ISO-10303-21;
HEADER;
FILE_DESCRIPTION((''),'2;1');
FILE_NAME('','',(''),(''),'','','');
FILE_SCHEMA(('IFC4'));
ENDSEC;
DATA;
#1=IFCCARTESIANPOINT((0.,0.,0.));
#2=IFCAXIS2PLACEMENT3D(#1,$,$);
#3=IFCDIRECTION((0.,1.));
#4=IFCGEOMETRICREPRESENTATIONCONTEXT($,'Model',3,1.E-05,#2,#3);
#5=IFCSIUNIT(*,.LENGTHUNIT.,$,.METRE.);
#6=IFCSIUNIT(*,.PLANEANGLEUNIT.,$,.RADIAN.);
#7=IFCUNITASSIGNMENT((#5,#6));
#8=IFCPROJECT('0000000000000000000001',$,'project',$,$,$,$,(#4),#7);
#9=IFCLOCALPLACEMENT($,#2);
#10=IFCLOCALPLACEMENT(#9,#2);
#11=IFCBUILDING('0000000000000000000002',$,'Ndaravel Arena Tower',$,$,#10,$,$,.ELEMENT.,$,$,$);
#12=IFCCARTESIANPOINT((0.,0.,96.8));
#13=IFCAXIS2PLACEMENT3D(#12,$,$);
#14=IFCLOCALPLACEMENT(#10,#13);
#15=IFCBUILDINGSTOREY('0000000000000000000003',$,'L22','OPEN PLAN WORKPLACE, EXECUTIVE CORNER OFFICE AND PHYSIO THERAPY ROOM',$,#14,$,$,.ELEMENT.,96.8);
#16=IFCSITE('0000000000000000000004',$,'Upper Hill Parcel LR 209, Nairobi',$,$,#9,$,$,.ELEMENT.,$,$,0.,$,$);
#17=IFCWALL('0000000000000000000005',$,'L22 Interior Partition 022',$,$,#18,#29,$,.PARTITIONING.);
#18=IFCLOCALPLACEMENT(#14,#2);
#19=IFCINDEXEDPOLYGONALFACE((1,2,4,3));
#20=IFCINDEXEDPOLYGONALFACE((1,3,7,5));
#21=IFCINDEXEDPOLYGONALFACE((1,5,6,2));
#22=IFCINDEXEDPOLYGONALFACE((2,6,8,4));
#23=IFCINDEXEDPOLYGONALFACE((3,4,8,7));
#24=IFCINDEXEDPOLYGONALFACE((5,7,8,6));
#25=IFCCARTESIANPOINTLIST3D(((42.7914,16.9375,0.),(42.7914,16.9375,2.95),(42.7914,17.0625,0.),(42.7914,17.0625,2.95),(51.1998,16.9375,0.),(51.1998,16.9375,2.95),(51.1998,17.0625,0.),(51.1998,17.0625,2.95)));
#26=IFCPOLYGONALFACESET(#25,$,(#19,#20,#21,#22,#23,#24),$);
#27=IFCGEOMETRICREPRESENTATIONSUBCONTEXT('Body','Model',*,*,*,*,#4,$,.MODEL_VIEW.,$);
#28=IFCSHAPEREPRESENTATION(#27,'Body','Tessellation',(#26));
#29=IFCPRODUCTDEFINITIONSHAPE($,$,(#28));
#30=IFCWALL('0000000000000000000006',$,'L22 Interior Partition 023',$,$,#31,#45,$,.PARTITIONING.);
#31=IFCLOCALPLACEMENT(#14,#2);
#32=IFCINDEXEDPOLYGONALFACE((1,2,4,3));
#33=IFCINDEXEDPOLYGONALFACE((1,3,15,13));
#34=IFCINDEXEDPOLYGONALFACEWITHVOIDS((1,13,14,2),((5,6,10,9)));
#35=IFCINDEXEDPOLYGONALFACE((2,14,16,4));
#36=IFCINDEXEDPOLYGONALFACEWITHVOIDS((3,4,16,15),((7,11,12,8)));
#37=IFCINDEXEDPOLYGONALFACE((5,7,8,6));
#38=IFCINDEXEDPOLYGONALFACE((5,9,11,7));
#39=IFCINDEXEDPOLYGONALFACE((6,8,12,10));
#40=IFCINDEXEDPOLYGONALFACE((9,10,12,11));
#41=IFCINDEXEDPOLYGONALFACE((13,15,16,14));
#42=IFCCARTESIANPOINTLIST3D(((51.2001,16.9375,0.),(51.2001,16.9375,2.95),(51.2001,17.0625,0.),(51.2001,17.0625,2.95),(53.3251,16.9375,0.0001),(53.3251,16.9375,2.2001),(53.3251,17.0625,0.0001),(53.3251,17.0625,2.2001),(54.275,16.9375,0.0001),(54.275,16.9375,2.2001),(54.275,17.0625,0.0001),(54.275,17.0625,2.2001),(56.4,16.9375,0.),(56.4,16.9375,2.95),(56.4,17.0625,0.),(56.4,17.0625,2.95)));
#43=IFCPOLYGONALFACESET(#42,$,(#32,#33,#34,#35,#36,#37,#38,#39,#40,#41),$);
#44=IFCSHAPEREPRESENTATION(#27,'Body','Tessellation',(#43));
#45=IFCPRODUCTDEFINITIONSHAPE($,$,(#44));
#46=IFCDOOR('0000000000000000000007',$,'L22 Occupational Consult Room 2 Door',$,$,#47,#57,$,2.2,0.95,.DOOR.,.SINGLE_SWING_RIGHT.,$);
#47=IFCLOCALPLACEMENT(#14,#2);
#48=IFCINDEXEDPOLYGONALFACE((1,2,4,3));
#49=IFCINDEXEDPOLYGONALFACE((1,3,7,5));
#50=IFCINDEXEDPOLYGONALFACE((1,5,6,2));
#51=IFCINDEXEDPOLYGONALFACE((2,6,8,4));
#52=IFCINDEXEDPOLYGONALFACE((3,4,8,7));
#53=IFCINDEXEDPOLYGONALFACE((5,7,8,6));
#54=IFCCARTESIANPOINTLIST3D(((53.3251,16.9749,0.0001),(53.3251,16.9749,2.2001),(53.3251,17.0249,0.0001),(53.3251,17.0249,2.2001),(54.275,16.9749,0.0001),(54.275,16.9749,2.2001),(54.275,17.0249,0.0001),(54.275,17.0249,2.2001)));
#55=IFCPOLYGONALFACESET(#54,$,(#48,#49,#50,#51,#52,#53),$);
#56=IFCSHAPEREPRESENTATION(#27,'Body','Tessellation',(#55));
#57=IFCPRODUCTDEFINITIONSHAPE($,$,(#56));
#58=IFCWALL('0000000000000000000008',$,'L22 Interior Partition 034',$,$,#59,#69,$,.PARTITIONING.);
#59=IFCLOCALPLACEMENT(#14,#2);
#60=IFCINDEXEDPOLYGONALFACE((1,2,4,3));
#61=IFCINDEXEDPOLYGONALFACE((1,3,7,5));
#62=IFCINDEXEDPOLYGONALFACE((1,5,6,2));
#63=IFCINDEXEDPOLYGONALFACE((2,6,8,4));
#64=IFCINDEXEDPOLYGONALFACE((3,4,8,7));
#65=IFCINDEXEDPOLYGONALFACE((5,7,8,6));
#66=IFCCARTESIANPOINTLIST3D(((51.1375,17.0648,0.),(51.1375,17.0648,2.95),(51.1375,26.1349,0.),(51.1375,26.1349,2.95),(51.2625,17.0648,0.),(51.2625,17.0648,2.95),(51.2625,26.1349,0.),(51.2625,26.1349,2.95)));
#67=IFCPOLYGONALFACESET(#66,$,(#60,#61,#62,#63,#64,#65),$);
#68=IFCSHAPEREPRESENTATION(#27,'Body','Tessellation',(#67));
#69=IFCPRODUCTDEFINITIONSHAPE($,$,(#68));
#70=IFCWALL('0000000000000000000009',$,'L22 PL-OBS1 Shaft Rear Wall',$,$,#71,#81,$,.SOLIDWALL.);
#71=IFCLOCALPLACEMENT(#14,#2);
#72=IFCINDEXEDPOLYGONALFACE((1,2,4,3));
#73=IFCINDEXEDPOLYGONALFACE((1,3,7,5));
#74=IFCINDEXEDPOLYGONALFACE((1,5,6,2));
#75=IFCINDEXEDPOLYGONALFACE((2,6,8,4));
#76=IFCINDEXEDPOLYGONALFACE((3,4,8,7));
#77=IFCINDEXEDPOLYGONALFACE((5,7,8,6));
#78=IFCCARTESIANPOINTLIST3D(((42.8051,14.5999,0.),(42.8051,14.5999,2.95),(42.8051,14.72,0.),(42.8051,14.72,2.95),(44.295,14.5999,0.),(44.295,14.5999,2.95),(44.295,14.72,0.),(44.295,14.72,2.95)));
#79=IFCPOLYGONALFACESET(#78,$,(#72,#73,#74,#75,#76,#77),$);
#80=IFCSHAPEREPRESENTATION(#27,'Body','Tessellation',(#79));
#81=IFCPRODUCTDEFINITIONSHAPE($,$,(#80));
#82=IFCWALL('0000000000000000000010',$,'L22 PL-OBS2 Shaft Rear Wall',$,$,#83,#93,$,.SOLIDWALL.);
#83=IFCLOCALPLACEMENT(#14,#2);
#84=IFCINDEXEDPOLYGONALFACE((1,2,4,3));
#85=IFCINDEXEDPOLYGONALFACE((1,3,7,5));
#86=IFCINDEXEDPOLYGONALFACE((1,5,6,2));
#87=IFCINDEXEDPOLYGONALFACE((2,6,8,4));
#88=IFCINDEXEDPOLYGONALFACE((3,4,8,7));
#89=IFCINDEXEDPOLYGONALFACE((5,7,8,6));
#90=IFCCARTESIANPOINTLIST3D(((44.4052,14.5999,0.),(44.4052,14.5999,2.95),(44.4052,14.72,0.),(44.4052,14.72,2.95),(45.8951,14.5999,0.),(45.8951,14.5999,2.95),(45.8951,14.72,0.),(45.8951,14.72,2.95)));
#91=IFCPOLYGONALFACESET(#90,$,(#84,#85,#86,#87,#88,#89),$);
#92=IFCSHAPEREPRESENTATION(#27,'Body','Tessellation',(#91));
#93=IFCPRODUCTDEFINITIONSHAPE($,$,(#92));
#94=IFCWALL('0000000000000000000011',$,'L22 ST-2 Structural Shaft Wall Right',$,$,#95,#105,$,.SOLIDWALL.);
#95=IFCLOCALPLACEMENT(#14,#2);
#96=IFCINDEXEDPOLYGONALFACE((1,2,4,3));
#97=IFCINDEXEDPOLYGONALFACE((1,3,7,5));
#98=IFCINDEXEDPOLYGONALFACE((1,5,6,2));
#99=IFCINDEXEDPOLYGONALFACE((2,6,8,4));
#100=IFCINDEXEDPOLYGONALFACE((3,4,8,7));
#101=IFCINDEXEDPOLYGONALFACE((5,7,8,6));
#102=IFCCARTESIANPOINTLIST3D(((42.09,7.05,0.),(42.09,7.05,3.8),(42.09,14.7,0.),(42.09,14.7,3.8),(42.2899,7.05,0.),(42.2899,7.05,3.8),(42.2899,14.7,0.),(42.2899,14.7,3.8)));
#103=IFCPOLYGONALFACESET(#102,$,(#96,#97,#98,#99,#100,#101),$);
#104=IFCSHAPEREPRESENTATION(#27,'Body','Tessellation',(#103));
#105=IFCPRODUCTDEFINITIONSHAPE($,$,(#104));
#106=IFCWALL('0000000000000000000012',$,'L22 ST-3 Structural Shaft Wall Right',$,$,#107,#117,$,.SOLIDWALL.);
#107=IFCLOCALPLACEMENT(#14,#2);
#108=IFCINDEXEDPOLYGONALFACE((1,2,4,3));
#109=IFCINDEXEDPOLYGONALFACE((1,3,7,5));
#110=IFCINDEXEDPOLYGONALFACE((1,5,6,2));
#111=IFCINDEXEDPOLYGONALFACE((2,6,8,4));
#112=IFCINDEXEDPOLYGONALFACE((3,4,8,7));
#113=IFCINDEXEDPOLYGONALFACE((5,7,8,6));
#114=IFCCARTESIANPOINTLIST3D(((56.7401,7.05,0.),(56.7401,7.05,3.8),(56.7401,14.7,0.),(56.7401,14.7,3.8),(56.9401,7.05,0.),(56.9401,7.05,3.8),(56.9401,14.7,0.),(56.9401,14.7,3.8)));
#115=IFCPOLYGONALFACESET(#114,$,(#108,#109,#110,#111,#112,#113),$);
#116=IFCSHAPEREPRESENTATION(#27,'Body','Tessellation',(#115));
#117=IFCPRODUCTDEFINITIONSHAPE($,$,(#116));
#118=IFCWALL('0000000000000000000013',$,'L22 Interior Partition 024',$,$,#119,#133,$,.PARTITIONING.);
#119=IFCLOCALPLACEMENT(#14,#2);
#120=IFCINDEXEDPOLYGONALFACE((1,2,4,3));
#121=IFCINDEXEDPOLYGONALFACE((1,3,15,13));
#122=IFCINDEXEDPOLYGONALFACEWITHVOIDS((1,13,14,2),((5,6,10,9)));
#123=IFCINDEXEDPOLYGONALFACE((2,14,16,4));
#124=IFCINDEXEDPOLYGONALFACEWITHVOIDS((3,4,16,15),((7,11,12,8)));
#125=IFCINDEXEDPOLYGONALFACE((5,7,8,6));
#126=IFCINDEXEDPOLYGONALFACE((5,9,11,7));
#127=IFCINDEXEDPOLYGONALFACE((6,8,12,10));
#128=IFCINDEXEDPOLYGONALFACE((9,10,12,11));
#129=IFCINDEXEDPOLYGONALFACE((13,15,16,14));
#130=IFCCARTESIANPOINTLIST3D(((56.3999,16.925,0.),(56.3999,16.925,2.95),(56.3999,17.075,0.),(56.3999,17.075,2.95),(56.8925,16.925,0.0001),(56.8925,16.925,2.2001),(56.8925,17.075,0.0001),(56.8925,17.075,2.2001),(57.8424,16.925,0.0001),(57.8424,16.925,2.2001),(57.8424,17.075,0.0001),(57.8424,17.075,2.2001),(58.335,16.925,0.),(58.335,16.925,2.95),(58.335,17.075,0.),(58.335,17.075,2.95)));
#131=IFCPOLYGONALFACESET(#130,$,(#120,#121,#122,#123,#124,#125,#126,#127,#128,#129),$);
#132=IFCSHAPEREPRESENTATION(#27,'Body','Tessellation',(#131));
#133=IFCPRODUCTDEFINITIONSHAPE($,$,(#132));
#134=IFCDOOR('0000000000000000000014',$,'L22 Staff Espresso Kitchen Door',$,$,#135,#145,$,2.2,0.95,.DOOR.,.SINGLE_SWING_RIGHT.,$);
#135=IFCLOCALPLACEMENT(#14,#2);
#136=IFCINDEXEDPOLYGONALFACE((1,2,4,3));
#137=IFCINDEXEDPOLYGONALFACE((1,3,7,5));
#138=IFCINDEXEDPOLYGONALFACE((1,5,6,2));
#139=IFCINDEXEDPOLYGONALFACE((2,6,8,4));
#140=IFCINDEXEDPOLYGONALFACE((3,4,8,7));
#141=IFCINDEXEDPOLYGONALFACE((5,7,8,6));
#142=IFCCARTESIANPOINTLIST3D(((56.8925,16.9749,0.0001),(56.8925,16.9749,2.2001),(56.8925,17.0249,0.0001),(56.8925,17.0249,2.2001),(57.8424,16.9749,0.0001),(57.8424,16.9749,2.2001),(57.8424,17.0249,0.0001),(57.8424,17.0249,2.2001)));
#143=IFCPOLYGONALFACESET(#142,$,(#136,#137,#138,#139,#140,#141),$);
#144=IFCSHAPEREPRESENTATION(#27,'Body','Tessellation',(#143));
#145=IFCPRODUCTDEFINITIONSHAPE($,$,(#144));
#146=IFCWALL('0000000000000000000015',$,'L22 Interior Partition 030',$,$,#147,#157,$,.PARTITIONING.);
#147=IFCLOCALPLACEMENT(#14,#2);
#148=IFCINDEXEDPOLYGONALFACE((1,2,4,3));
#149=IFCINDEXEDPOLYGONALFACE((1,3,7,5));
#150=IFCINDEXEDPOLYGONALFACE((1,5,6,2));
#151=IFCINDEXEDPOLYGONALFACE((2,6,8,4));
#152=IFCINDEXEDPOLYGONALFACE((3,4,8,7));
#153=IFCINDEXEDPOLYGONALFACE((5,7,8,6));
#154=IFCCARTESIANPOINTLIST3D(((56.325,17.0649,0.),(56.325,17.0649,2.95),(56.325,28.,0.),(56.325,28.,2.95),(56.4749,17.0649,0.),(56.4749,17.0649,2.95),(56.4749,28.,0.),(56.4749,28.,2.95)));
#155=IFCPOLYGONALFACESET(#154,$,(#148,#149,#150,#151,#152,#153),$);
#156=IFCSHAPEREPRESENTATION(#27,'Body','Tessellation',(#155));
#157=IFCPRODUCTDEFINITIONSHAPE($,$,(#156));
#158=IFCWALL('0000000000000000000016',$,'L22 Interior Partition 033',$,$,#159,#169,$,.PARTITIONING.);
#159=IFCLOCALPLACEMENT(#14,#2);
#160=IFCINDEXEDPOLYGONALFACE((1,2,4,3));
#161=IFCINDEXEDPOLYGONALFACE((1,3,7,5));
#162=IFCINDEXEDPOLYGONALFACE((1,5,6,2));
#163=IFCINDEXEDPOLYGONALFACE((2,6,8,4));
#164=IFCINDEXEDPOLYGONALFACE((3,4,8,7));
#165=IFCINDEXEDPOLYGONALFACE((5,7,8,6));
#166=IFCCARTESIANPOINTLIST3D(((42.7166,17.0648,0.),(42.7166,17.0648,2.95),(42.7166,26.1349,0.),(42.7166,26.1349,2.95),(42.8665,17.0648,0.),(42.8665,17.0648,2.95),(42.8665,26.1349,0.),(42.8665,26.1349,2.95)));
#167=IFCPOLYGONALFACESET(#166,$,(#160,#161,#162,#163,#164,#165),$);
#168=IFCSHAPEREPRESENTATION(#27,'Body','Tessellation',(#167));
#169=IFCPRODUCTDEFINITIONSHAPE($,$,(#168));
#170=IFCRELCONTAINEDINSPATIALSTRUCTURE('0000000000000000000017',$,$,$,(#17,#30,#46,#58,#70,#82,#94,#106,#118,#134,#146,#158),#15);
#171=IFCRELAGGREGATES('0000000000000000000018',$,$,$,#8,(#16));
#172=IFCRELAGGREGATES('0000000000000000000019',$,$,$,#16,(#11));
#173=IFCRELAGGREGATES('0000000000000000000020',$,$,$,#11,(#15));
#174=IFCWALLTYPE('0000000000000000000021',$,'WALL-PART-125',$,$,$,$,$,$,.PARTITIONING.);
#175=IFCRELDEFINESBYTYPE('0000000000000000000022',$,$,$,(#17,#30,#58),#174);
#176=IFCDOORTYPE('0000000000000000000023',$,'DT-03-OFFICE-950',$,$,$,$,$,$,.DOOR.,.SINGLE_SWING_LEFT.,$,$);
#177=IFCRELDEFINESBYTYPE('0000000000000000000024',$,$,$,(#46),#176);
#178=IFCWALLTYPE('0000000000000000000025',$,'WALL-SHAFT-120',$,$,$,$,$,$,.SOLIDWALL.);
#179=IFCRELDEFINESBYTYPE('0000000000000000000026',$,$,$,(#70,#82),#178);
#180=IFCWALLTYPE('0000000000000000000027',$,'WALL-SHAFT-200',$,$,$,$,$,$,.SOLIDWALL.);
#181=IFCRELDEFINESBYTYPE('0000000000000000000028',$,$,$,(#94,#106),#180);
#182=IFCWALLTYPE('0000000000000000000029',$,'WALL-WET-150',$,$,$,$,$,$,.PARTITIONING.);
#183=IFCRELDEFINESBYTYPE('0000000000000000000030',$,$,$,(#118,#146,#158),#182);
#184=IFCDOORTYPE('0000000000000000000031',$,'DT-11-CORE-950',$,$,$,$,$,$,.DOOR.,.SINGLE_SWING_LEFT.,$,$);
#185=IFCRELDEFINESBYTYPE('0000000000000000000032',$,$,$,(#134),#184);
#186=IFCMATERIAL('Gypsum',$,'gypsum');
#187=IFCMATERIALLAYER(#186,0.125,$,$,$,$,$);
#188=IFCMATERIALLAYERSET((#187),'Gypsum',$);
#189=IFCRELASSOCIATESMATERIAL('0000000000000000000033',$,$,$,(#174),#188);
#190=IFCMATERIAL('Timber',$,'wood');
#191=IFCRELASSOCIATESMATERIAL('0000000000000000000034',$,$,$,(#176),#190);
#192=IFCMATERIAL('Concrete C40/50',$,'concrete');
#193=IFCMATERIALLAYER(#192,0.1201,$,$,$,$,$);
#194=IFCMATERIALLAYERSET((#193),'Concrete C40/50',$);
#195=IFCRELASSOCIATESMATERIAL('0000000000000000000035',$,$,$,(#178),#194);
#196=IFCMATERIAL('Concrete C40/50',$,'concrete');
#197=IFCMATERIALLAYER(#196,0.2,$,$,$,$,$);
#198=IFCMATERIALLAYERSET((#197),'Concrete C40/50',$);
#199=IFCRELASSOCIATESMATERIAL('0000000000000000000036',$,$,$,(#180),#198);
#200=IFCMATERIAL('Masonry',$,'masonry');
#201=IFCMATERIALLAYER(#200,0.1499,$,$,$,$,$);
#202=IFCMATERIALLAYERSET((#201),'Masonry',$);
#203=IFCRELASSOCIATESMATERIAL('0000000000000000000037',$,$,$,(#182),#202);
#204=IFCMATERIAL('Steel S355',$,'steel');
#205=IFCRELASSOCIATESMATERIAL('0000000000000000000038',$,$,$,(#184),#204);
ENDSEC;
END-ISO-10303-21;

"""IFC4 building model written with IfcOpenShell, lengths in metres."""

from ifc_helpers import new_model, si_unit, direction, frame, frame_2d, origin, place, context, subcontext, project, spatial, rectangle, extrude, material, layer, layer_set, type_object, element, fill, save


model = new_model("IFC4")

# Units and contexts
model_context = context("Model", 3, precision=1e-05, world=origin(), true_north=direction((0.0, 1.0)))
body_context = subcontext(model_context, "Body", "Model", "MODEL_VIEW")
ifc_project = project(units=[si_unit("LENGTHUNIT", "METRE"), si_unit("PLANEANGLEUNIT", "RADIAN")], contexts=[model_context])

# Site, building, storey
site_placement = place(None, origin())
site = spatial("IfcSite", under=ifc_project, at=site_placement, Name="Upper Hill Parcel LR 209, Nairobi", CompositionType="ELEMENT", RefElevation=0.0)
building_placement = place(site_placement, origin())
building = spatial("IfcBuilding", under=site, at=building_placement, Name="Ndaravel Arena Tower", CompositionType="ELEMENT")
storey_placement = place(building_placement, frame((0.0, 0.0, 96.8)))
storey = spatial("IfcBuildingStorey", under=building, at=storey_placement, Name="L22", Description="OPEN PLAN WORKPLACE, EXECUTIVE CORNER OFFICE AND PHYSIO THERAPY ROOM", CompositionType="ELEMENT", Elevation=96.8)

# Shared definitions
ifc_material_1 = material(Name="Gypsum", Category="gypsum")
ifc_layer_1 = layer(ifc_material_1, 0.125)
ifc_layer_set_1 = layer_set([ifc_layer_1], Name="Gypsum")
wall_type_1 = type_object("IfcWallType", Name="WALL-PART-125", PredefinedType="PARTITIONING", material=ifc_layer_set_1)

# Shared definitions
ifc_material_2 = material(Name="Timber", Category="wood")
door_type_1 = type_object("IfcDoorType", Name="DT-03-OFFICE-950", OperationType="SINGLE_SWING_LEFT", PredefinedType="DOOR", material=ifc_material_2)

# Wall
wall_1_placement = place(storey_placement, frame((42.7915, 17.0, 0.0), z_axis=(0.0, 0.0, 1.0), x_axis=(1.0, 0.0, 0.0)))
element("IfcWall", 1, at=wall_1_placement, inside=storey, type_object=wall_type_1, Name="L22 Interior Partition 022", PredefinedType="PARTITIONING", context=body_context, shape_type="SweptSolid", body=[
    extrude(rectangle(XDim=8.4084, YDim=0.125, at=frame_2d((4.2041, 0.0))), origin(), (0.0, 0.0, 1.0), 2.95),
])

# Wall, opening, door
wall_2_placement = place(storey_placement, frame((51.2, 17.0, 0.0), z_axis=(0.0, 0.0, 1.0), x_axis=(1.0, 0.0, 0.0)))
wall_2 = element("IfcWall", 2, at=wall_2_placement, inside=storey, type_object=wall_type_1, Name="L22 Interior Partition 023", PredefinedType="PARTITIONING", context=body_context, shape_type="SweptSolid", body=[
    extrude(rectangle(XDim=5.2, YDim=0.125, at=frame_2d((2.6001, 0.0))), origin(), (0.0, 0.0, 1.0), 2.95),
])
opening_1_placement = place(wall_2_placement, frame((2.125, 0.0, 0.0)))
opening_1 = element("IfcOpeningElement", 3, at=opening_1_placement, cuts=wall_2, PredefinedType="OPENING", context=body_context, shape_type="SweptSolid", body=[
    extrude(rectangle(XDim=0.95, YDim=2.2, at=frame_2d((0.4751, 1.1001))), frame((0.0, 0.0625, 0.0), z_axis=(0.0, -1.0, 0.0), x_axis=(1.0, 0.0, 0.0)), (0.0, 0.0, 1.0), 0.125),
])
door_1_placement = place(opening_1_placement, origin())
door_1 = element("IfcDoor", 4, at=door_1_placement, inside=storey, type_object=door_type_1, Name="L22 Occupational Consult Room 2 Door", OperationType="SINGLE_SWING_RIGHT", OverallHeight=2.2, OverallWidth=0.95, PredefinedType="DOOR", context=body_context, shape_type="SweptSolid", body=[
    extrude(rectangle(XDim=0.95, YDim=2.2, at=frame_2d((0.4751, 1.1001))), frame((0.0, 0.0249, 0.0), z_axis=(0.0, -1.0, 0.0), x_axis=(1.0, 0.0, 0.0)), (0.0, 0.0, 1.0), 0.05),
])
fill(opening_1, door_1)

# Walls
wall_3_placement = place(storey_placement, frame((51.2, 26.135, 0.0), z_axis=(0.0, 0.0, 1.0), x_axis=(0.0, -1.0, 0.0)))
element("IfcWall", 5, at=wall_3_placement, inside=storey, type_object=wall_type_1, Name="L22 Interior Partition 034", PredefinedType="PARTITIONING", context=body_context, shape_type="SweptSolid", body=[
    extrude(rectangle(XDim=9.0701, YDim=0.125, at=frame_2d((4.5352, 0.0))), origin(), (0.0, 0.0, 1.0), 2.95),
])
ifc_material_3 = material(Name="Concrete C40/50", Category="concrete")
ifc_layer_2 = layer(ifc_material_3, 0.1201)
ifc_layer_set_2 = layer_set([ifc_layer_2], Name="Concrete C40/50")
wall_type_2 = type_object("IfcWallType", Name="WALL-SHAFT-120", PredefinedType="SOLIDWALL", material=ifc_layer_set_2)
for number, where, z_axis, x_axis, name in (
    (6, (42.8049, 14.6599, 0.0), (0.0, 0.0, 1.0), (1.0, 0.0, 0.0), "L22 PL-OBS1 Shaft Rear Wall"),
    (7, (44.405, 14.6599, 0.0), (0.0, 0.0, 1.0), (1.0, 0.0, 0.0), "L22 PL-OBS2 Shaft Rear Wall"),
):
    element("IfcWall", number, at=place(storey_placement, frame(where, z_axis=z_axis, x_axis=x_axis)), inside=storey, type_object=wall_type_2, Name=name, PredefinedType="SOLIDWALL", context=body_context, shape_type="SweptSolid", body=[
        extrude(rectangle(XDim=1.49, YDim=0.1201, at=frame_2d((0.7451, 0.0))), origin(), (0.0, 0.0, 1.0), 2.95),
    ])
ifc_material_4 = material(Name="Concrete C40/50", Category="concrete")
ifc_layer_3 = layer(ifc_material_4, 0.2)
ifc_layer_set_3 = layer_set([ifc_layer_3], Name="Concrete C40/50")
wall_type_3 = type_object("IfcWallType", Name="WALL-SHAFT-200", PredefinedType="SOLIDWALL", material=ifc_layer_set_3)
for number, where, z_axis, x_axis, name in (
    (8, (42.1899, 14.7, 0.0), (0.0, 0.0, 1.0), (0.0, -1.0, 0.0), "L22 ST-2 Structural Shaft Wall Right"),
    (9, (56.8401, 14.7, 0.0), (0.0, 0.0, 1.0), (0.0, -1.0, 0.0), "L22 ST-3 Structural Shaft Wall Right"),
):
    element("IfcWall", number, at=place(storey_placement, frame(where, z_axis=z_axis, x_axis=x_axis)), inside=storey, type_object=wall_type_3, Name=name, PredefinedType="SOLIDWALL", context=body_context, shape_type="SweptSolid", body=[
        extrude(rectangle(XDim=7.6499, YDim=0.2, at=frame_2d((3.825, 0.0))), origin(), (0.0, 0.0, 1.0), 3.8),
    ])

# Wall, opening, door
ifc_material_5 = material(Name="Masonry", Category="masonry")
ifc_layer_4 = layer(ifc_material_5, 0.1499)
ifc_layer_set_4 = layer_set([ifc_layer_4], Name="Masonry")
wall_type_4 = type_object("IfcWallType", Name="WALL-WET-150", PredefinedType="PARTITIONING", material=ifc_layer_set_4)
wall_4_placement = place(storey_placement, frame((56.3999, 17.0, 0.0), z_axis=(0.0, 0.0, 1.0), x_axis=(1.0, 0.0, 0.0)))
wall_4 = element("IfcWall", 10, at=wall_4_placement, inside=storey, type_object=wall_type_4, Name="L22 Interior Partition 024", PredefinedType="PARTITIONING", context=body_context, shape_type="SweptSolid", body=[
    extrude(rectangle(XDim=1.9351, YDim=0.1499, at=frame_2d((0.9675, 0.0))), origin(), (0.0, 0.0, 1.0), 2.95),
])
opening_2_placement = place(wall_4_placement, frame((0.4924, 0.0, 0.0)))
opening_2 = element("IfcOpeningElement", 11, at=opening_2_placement, cuts=wall_4, PredefinedType="OPENING", context=body_context, shape_type="SweptSolid", body=[
    extrude(rectangle(XDim=0.95, YDim=2.2, at=frame_2d((0.4751, 1.1001))), frame((0.0, 0.075, 0.0), z_axis=(0.0, -1.0, 0.0), x_axis=(1.0, 0.0, 0.0)), (0.0, 0.0, 1.0), 0.1499),
])
ifc_material_6 = material(Name="Steel S355", Category="steel")
door_type_2 = type_object("IfcDoorType", Name="DT-11-CORE-950", OperationType="SINGLE_SWING_LEFT", PredefinedType="DOOR", material=ifc_material_6)
door_2_placement = place(opening_2_placement, origin())
door_2 = element("IfcDoor", 12, at=door_2_placement, inside=storey, type_object=door_type_2, Name="L22 Staff Espresso Kitchen Door", OperationType="SINGLE_SWING_RIGHT", OverallHeight=2.2, OverallWidth=0.95, PredefinedType="DOOR", context=body_context, shape_type="SweptSolid", body=[
    extrude(rectangle(XDim=0.95, YDim=2.2, at=frame_2d((0.4751, 1.1001))), frame((0.0, 0.0249, 0.0), z_axis=(0.0, -1.0, 0.0), x_axis=(1.0, 0.0, 0.0)), (0.0, 0.0, 1.0), 0.05),
])
fill(opening_2, door_2)

# Walls
wall_5_placement = place(storey_placement, frame((56.3999, 17.0649, 0.0), z_axis=(0.0, 0.0, 1.0), x_axis=(0.0, 1.0, 0.0)))
element("IfcWall", 13, at=wall_5_placement, inside=storey, type_object=wall_type_4, Name="L22 Interior Partition 030", PredefinedType="PARTITIONING", context=body_context, shape_type="SweptSolid", body=[
    extrude(rectangle(XDim=10.9351, YDim=0.1499, at=frame_2d((5.4675, 0.0))), origin(), (0.0, 0.0, 1.0), 2.95),
])
wall_6_placement = place(storey_placement, frame((42.7915, 26.135, 0.0), z_axis=(0.0, 0.0, 1.0), x_axis=(0.0, -1.0, 0.0)))
element("IfcWall", 14, at=wall_6_placement, inside=storey, type_object=wall_type_4, Name="L22 Interior Partition 033", PredefinedType="PARTITIONING", context=body_context, shape_type="SweptSolid", body=[
    extrude(rectangle(XDim=9.0701, YDim=0.1499, at=frame_2d((4.5352, 0.0))), origin(), (0.0, 0.0, 1.0), 2.95),
])

save(model, "model.ifc")
